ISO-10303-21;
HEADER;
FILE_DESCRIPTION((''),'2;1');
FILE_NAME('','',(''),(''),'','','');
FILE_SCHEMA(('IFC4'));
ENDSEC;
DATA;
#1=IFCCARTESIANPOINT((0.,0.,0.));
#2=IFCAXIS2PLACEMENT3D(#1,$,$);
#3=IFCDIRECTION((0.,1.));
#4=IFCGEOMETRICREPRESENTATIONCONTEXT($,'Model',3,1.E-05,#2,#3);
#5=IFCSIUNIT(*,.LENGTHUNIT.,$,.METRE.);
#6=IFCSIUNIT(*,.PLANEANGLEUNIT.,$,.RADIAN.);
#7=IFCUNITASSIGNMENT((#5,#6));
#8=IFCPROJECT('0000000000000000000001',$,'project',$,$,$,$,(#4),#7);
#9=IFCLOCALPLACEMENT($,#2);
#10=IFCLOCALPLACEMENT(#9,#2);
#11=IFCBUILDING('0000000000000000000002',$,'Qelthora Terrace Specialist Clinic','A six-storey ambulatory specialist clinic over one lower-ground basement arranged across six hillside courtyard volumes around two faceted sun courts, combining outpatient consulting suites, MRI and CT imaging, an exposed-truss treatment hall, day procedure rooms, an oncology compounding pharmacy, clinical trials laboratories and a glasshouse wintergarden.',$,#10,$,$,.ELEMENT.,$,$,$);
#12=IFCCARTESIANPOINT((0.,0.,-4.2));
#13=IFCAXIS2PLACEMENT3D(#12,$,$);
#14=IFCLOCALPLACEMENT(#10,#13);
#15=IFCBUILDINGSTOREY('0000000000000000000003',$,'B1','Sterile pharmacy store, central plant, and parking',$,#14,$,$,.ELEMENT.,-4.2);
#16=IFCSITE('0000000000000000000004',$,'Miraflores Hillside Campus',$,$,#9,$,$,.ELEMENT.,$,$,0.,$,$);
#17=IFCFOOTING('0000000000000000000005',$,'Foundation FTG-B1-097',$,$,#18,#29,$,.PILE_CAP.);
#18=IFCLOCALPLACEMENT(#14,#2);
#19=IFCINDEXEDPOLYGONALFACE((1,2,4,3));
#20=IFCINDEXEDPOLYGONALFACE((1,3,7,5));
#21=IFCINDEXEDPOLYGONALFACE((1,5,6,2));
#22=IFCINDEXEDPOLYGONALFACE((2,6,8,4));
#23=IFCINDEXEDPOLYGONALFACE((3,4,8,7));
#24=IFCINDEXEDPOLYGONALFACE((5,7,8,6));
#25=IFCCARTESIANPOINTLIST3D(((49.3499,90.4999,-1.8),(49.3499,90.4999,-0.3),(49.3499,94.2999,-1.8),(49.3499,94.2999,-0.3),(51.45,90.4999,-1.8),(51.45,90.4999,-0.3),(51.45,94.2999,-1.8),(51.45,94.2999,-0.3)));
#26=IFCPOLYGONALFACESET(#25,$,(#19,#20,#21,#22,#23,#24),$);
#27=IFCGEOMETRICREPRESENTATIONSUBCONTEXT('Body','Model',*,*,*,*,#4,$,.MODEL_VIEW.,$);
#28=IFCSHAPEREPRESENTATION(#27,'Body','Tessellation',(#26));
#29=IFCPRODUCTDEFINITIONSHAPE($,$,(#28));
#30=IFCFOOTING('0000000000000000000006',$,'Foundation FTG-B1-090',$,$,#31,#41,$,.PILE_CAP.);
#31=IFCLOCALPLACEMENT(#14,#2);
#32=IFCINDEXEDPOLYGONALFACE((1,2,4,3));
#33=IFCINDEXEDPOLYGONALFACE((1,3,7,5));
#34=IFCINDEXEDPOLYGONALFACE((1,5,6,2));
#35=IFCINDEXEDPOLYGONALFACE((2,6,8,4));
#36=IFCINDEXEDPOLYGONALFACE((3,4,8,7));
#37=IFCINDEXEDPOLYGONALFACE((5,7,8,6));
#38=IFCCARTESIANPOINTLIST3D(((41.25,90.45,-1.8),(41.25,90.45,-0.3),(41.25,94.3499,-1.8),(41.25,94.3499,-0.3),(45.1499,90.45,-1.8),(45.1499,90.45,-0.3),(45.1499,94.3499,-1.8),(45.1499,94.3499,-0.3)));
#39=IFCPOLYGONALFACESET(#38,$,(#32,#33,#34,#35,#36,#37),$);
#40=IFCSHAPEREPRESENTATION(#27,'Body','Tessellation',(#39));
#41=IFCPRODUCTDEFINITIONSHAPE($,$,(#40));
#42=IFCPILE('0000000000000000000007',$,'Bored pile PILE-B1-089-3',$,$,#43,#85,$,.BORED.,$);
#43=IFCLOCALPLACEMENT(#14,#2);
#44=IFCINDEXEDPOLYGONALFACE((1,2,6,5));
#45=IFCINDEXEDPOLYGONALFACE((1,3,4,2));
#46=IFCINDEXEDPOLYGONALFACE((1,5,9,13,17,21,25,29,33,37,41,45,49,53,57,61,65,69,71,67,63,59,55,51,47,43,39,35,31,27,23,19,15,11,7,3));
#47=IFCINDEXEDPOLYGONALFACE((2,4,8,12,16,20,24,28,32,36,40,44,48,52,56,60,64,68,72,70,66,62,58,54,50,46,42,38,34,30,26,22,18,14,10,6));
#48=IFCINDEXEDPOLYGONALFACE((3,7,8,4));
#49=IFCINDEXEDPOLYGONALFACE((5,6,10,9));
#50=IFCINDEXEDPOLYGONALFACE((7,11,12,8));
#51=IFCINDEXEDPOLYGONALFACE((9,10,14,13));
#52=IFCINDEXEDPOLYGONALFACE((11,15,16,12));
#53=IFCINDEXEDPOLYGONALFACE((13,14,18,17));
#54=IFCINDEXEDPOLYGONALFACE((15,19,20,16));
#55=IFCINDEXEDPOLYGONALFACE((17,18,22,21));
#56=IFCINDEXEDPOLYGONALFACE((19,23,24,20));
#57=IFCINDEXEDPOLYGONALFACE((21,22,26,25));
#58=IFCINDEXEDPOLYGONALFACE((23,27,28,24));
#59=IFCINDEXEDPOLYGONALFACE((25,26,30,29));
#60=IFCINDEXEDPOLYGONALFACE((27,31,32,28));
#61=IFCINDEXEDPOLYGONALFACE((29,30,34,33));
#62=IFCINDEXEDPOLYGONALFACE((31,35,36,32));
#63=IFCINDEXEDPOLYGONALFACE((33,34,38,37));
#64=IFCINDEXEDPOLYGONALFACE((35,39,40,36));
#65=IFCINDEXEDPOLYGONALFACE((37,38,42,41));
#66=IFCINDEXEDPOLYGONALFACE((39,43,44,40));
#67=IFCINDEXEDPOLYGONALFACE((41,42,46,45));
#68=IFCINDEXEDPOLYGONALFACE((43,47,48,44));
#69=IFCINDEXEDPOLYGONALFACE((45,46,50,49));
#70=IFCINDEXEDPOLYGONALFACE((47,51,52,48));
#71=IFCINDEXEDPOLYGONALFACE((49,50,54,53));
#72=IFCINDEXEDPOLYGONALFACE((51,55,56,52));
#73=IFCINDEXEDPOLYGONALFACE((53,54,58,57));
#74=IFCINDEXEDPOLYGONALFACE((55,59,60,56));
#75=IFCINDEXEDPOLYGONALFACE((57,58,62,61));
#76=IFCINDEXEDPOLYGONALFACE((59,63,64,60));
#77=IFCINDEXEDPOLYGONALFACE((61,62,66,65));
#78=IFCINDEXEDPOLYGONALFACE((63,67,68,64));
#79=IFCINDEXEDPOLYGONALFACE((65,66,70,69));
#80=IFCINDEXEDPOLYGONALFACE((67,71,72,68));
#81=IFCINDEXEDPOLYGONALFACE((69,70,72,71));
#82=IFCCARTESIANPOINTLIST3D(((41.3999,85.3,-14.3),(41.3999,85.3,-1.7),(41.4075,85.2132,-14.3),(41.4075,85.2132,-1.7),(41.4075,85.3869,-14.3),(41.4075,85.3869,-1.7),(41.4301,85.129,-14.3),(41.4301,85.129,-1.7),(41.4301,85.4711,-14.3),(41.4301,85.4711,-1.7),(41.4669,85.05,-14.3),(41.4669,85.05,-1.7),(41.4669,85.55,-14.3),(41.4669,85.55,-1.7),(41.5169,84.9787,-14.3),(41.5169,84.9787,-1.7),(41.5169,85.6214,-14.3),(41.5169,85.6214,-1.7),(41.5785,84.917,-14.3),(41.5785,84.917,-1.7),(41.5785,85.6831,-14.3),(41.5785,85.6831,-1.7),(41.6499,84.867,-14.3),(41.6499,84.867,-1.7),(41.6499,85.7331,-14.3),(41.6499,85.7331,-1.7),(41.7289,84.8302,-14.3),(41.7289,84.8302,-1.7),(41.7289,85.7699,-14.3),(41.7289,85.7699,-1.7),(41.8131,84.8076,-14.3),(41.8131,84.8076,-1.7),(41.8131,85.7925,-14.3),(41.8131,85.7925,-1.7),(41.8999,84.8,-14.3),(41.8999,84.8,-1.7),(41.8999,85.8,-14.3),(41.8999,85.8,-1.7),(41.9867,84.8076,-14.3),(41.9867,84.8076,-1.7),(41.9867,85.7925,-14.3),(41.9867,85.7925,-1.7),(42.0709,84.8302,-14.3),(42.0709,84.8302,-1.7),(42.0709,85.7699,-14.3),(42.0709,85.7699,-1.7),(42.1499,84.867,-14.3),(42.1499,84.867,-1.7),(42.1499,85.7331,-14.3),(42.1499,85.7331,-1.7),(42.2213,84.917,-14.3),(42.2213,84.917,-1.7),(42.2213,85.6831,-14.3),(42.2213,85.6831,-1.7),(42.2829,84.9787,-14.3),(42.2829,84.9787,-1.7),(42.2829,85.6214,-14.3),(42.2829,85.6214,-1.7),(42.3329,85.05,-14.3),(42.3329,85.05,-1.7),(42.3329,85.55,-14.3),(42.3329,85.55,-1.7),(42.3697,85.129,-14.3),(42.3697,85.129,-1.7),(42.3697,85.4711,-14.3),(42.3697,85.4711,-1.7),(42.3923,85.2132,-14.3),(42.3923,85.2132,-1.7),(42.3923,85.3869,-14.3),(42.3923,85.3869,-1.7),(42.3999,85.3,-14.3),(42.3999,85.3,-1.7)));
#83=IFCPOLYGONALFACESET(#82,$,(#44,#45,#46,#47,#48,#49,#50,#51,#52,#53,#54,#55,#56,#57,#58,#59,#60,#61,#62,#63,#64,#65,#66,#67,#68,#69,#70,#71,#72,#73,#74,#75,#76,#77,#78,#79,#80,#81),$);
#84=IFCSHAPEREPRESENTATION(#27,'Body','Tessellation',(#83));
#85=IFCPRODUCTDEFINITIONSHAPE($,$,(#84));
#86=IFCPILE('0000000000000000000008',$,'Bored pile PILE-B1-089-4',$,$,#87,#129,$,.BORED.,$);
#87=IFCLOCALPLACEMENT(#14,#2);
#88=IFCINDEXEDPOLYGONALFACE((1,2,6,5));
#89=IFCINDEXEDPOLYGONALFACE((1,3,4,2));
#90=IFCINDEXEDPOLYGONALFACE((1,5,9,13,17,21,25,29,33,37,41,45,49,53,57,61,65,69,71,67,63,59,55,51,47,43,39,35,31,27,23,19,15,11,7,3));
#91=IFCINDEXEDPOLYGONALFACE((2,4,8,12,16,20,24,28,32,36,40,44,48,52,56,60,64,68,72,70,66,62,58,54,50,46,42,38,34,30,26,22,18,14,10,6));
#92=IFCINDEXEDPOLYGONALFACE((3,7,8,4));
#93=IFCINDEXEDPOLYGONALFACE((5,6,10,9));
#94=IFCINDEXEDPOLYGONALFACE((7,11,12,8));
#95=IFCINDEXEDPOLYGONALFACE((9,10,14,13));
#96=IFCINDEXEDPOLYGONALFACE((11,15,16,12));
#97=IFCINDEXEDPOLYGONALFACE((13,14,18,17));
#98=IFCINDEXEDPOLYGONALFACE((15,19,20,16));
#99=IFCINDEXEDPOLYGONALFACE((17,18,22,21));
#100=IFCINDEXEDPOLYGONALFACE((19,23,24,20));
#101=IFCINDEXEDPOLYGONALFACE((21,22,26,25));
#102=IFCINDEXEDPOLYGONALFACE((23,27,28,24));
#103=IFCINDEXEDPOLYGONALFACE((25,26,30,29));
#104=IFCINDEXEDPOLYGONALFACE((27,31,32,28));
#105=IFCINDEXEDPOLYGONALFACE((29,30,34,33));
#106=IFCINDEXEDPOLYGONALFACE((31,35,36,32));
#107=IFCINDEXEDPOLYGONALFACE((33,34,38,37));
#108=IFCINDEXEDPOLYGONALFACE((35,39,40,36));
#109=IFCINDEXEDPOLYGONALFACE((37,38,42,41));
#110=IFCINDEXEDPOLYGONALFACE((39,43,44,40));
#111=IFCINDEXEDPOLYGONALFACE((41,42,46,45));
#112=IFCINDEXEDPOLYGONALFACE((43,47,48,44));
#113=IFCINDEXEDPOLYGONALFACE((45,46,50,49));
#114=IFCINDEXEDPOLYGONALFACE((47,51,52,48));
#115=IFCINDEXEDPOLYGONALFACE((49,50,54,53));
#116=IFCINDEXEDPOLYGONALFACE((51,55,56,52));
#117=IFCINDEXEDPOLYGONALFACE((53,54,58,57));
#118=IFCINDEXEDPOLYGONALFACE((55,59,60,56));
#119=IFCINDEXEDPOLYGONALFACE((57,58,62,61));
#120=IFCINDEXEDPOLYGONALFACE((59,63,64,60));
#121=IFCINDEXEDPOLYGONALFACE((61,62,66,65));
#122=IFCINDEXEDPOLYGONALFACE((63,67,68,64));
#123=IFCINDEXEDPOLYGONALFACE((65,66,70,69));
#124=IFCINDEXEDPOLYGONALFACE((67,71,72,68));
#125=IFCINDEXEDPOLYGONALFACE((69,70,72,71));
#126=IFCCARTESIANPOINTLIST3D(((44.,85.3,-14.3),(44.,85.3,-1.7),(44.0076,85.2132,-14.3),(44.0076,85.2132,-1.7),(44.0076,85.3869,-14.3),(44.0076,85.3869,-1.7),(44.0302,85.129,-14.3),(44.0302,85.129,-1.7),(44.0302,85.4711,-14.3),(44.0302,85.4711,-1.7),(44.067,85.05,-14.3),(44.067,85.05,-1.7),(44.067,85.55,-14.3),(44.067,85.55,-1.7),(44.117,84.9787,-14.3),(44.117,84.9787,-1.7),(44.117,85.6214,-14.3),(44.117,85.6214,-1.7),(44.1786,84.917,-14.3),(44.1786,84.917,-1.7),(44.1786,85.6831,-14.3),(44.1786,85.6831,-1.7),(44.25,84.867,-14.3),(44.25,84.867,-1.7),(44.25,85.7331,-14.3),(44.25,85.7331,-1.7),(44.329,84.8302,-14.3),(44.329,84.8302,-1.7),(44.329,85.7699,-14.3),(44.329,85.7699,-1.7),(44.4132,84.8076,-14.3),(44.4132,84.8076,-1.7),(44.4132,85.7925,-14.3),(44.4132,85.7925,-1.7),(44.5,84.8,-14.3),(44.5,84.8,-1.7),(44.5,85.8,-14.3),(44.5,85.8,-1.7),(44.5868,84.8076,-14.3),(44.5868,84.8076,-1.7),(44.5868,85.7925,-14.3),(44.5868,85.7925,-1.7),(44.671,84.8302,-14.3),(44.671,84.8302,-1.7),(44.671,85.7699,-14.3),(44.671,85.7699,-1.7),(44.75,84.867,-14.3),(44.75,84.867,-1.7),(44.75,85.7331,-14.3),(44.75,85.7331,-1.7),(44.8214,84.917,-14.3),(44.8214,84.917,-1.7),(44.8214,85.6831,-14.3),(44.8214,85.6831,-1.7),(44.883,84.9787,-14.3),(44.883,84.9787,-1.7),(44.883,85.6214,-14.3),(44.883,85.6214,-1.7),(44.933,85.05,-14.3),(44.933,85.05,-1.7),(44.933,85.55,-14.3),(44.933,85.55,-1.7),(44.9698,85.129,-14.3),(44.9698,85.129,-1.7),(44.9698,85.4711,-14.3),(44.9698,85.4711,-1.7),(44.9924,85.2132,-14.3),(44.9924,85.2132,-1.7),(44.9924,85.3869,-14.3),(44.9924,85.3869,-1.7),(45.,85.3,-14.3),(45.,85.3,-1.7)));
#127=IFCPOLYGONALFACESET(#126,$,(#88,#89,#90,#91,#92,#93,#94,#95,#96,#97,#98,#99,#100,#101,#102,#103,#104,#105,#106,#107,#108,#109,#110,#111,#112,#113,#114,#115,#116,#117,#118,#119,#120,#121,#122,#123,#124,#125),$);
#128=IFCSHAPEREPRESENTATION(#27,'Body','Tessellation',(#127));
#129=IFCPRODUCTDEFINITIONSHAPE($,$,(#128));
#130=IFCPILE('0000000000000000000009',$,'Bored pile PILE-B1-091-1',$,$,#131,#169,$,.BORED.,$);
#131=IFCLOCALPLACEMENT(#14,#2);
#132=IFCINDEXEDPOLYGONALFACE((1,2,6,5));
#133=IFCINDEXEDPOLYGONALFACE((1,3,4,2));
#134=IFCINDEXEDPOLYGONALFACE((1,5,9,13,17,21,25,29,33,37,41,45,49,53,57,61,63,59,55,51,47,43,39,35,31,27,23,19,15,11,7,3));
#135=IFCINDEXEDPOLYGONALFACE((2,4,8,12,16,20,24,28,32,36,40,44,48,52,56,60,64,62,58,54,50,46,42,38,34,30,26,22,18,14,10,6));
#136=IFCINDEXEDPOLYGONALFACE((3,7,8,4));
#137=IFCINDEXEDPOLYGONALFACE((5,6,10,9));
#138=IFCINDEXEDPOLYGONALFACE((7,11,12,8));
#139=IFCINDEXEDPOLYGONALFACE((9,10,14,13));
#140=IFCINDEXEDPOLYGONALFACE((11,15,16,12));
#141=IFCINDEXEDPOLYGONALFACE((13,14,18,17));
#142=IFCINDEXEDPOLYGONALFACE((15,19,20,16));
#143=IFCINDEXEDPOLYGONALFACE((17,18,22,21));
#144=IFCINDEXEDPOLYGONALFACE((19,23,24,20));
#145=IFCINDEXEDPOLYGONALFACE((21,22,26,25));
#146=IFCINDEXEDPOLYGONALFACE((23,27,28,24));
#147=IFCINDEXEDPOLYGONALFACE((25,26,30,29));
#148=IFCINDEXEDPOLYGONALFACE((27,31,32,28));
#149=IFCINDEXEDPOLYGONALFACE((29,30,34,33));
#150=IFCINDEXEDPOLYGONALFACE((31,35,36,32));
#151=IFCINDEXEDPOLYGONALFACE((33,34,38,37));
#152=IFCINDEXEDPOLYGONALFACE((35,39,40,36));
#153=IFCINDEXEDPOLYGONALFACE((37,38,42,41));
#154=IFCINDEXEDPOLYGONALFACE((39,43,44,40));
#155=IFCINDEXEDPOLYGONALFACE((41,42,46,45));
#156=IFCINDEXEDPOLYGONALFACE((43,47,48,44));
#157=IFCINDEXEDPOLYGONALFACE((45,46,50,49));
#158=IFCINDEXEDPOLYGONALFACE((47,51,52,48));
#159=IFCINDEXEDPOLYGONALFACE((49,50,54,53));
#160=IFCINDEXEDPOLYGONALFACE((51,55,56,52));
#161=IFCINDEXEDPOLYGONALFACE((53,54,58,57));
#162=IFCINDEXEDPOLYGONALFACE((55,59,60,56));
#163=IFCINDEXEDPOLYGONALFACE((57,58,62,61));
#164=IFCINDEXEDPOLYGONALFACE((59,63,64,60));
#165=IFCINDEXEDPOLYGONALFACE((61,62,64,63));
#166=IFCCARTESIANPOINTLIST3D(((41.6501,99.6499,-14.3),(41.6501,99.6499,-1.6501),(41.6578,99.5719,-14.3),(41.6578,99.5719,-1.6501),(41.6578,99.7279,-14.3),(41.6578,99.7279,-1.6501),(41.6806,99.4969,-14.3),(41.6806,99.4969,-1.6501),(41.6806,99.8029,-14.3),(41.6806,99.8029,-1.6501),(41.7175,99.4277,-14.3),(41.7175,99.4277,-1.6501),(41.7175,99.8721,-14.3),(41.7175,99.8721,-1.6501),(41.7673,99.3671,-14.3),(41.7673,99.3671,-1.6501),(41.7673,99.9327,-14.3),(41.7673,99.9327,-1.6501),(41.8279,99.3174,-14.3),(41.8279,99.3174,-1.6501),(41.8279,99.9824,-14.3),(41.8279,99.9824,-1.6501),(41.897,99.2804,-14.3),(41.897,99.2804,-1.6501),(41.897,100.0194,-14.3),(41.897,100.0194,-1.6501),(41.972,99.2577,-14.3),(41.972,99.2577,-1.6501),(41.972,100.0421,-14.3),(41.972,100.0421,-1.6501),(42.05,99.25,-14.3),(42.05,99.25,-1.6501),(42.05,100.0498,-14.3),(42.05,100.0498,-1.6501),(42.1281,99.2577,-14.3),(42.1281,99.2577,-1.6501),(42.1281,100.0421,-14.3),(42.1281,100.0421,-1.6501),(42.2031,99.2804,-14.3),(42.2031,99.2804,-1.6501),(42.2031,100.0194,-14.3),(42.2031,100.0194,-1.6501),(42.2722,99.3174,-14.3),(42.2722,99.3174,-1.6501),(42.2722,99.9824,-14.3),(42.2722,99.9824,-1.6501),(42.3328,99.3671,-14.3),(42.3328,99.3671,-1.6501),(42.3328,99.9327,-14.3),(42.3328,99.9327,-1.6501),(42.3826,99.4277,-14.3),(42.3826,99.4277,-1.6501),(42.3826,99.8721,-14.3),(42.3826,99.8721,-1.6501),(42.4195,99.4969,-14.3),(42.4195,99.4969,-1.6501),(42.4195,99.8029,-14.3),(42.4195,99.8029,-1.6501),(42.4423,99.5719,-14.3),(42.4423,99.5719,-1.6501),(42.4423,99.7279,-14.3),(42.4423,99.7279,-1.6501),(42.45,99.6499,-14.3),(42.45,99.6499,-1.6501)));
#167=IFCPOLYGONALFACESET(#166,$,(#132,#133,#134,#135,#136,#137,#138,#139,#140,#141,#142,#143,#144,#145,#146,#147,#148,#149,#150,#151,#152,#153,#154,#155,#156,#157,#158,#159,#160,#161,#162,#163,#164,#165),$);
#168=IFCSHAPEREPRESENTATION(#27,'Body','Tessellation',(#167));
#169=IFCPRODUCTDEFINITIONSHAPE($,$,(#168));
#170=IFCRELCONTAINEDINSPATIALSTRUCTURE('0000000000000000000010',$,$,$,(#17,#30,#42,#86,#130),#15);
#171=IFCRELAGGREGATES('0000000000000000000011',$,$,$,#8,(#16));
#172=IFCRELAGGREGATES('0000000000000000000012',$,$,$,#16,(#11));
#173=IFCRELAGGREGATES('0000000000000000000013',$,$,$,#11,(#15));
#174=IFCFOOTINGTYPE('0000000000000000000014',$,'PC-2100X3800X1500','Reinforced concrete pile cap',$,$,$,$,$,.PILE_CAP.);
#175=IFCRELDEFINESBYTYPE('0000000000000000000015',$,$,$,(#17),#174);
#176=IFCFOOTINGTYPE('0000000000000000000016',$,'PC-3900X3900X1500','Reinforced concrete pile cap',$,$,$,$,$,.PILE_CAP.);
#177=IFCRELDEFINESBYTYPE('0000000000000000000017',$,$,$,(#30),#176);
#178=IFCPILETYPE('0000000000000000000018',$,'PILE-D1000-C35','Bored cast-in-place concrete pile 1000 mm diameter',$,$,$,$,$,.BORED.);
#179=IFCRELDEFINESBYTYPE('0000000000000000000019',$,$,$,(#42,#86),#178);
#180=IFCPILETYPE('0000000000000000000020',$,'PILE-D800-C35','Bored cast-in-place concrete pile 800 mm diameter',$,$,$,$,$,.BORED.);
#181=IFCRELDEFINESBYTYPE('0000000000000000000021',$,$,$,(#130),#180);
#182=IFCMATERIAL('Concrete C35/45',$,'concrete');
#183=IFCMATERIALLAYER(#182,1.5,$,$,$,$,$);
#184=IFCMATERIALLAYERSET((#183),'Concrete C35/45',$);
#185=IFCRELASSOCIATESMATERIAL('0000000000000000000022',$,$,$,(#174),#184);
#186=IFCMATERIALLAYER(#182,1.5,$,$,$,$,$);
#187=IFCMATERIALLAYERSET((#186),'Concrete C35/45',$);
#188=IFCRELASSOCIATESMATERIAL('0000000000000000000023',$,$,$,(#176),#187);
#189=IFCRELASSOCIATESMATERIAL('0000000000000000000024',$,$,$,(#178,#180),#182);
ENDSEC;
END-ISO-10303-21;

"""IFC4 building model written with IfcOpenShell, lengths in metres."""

from ifc_helpers import new_model, si_unit, direction, frame, origin, origin_2d, place, context, subcontext, project, spatial, rectangle, circle, extrude, material, layer, layer_set, material_profile, profile_set, type_object, element, save


model = new_model("IFC4")

# Units and contexts
model_context = context("Model", 3, precision=1e-05, world=origin(), true_north=direction((0.0, 1.0)))
body_context = subcontext(model_context, "Body", "Model", "MODEL_VIEW")
ifc_project = project(units=[si_unit("LENGTHUNIT", "METRE"), si_unit("PLANEANGLEUNIT", "RADIAN")], contexts=[model_context])

# Site, building, storey
site_placement = place(None, origin())
site = spatial("IfcSite", under=ifc_project, at=site_placement, Name="Miraflores Hillside Campus", CompositionType="ELEMENT", RefElevation=0.0)
building_placement = place(site_placement, origin())
building = spatial("IfcBuilding", under=site, at=building_placement, Name="Qelthora Terrace Specialist Clinic", Description="A six-storey ambulatory specialist clinic over one lower-ground basement arranged across six hillside courtyard volumes around two faceted sun courts, combining outpatient consulting suites, MRI and CT imaging, an exposed-truss treatment hall, day procedure rooms, an oncology compounding pharmacy, clinical trials laboratories and a glasshouse wintergarden.", CompositionType="ELEMENT")
storey_placement = place(building_placement, frame((0.0, 0.0, -4.2)))
storey = spatial("IfcBuildingStorey", under=building, at=storey_placement, Name="B1", Description="Sterile pharmacy store, central plant, and parking", CompositionType="ELEMENT", Elevation=-4.2)

# Footings
ifc_material_1 = material(Name="Concrete C35/45", Category="concrete")
ifc_layer_1 = layer(ifc_material_1, 1.5)
ifc_layer_set_1 = layer_set([ifc_layer_1], Name="Concrete C35/45")
footing_type_1 = type_object("IfcFootingType", Name="PC-2100X3800X1500", Description="Reinforced concrete pile cap", PredefinedType="PILE_CAP", material=ifc_layer_set_1)
footing_1_placement = place(storey_placement, frame((50.3999, 92.3999, -1.8), z_axis=(0.0, 0.0, 1.0), x_axis=(1.0, 0.0, 0.0)))
element("IfcFooting", 1, at=footing_1_placement, inside=storey, type_object=footing_type_1, Name="Foundation FTG-B1-097", PredefinedType="PILE_CAP", context=body_context, shape_type="SweptSolid", body=[
    extrude(rectangle(XDim=2.1001, YDim=3.8, at=origin_2d()), origin(), (0.0, 0.0, 1.0), 1.5),
])
ifc_layer_2 = layer(ifc_material_1, 1.5)
ifc_layer_set_2 = layer_set([ifc_layer_2], Name="Concrete C35/45")
footing_type_2 = type_object("IfcFootingType", Name="PC-3900X3900X1500", Description="Reinforced concrete pile cap", PredefinedType="PILE_CAP", material=ifc_layer_set_2)
footing_2_placement = place(storey_placement, frame((43.2, 92.3999, -1.8), z_axis=(0.0, 0.0, 1.0), x_axis=(1.0, 0.0, 0.0)))
element("IfcFooting", 2, at=footing_2_placement, inside=storey, type_object=footing_type_2, Name="Foundation FTG-B1-090", PredefinedType="PILE_CAP", context=body_context, shape_type="SweptSolid", body=[
    extrude(rectangle(XDim=3.8999, YDim=3.8999, at=origin_2d()), origin(), (0.0, 0.0, 1.0), 1.5),
])

# Piles
ifc_material_profile_1 = material_profile(ifc_material_1, circle(Radius=0.5, at=origin_2d()), Name="PILE1000")
ifc_profile_set_1 = profile_set([ifc_material_profile_1], Name="Concrete C35/45")
pile_type_1 = type_object("IfcPileType", Name="PILE-D1000-C35", Description="Bored cast-in-place concrete pile 1000 mm diameter", PredefinedType="BORED", material=ifc_profile_set_1)
for number, where, z_axis, x_axis, name in (
    (3, (41.8999, 85.3, -1.7), (0.0, 0.0, -1.0), (1.0, 0.0, 0.0), "Bored pile PILE-B1-089-3"),
    (4, (44.5, 85.3, -1.7), (0.0, 0.0, -1.0), (1.0, 0.0, 0.0), "Bored pile PILE-B1-089-4"),
):
    element("IfcPile", number, at=place(storey_placement, frame(where, z_axis=z_axis, x_axis=x_axis)), inside=storey, type_object=pile_type_1, Name=name, PredefinedType="BORED", context=body_context, shape_type="SweptSolid", body=[
        extrude(circle(Radius=0.5, at=origin_2d()), origin(), (0.0, 0.0, 1.0), 12.6001),
    ])
ifc_material_profile_2 = material_profile(ifc_material_1, circle(Radius=0.3999, at=origin_2d()), Name="PILE800")
ifc_profile_set_2 = profile_set([ifc_material_profile_2], Name="Concrete C35/45")
pile_type_2 = type_object("IfcPileType", Name="PILE-D800-C35", Description="Bored cast-in-place concrete pile 800 mm diameter", PredefinedType="BORED", material=ifc_profile_set_2)
for number, where, z_axis, x_axis, name in (
    (5, (42.05, 99.6499, -1.6501), (0.0, 0.0, -1.0), (1.0, 0.0, 0.0), "Bored pile PILE-B1-091-1"),
):
    element("IfcPile", number, at=place(storey_placement, frame(where, z_axis=z_axis, x_axis=x_axis)), inside=storey, type_object=pile_type_2, Name=name, PredefinedType="BORED", context=body_context, shape_type="SweptSolid", body=[
        extrude(circle(Radius=0.3999, at=origin_2d()), origin(), (0.0, 0.0, 1.0), 12.6499),
    ])

save(model, "model.ifc")
